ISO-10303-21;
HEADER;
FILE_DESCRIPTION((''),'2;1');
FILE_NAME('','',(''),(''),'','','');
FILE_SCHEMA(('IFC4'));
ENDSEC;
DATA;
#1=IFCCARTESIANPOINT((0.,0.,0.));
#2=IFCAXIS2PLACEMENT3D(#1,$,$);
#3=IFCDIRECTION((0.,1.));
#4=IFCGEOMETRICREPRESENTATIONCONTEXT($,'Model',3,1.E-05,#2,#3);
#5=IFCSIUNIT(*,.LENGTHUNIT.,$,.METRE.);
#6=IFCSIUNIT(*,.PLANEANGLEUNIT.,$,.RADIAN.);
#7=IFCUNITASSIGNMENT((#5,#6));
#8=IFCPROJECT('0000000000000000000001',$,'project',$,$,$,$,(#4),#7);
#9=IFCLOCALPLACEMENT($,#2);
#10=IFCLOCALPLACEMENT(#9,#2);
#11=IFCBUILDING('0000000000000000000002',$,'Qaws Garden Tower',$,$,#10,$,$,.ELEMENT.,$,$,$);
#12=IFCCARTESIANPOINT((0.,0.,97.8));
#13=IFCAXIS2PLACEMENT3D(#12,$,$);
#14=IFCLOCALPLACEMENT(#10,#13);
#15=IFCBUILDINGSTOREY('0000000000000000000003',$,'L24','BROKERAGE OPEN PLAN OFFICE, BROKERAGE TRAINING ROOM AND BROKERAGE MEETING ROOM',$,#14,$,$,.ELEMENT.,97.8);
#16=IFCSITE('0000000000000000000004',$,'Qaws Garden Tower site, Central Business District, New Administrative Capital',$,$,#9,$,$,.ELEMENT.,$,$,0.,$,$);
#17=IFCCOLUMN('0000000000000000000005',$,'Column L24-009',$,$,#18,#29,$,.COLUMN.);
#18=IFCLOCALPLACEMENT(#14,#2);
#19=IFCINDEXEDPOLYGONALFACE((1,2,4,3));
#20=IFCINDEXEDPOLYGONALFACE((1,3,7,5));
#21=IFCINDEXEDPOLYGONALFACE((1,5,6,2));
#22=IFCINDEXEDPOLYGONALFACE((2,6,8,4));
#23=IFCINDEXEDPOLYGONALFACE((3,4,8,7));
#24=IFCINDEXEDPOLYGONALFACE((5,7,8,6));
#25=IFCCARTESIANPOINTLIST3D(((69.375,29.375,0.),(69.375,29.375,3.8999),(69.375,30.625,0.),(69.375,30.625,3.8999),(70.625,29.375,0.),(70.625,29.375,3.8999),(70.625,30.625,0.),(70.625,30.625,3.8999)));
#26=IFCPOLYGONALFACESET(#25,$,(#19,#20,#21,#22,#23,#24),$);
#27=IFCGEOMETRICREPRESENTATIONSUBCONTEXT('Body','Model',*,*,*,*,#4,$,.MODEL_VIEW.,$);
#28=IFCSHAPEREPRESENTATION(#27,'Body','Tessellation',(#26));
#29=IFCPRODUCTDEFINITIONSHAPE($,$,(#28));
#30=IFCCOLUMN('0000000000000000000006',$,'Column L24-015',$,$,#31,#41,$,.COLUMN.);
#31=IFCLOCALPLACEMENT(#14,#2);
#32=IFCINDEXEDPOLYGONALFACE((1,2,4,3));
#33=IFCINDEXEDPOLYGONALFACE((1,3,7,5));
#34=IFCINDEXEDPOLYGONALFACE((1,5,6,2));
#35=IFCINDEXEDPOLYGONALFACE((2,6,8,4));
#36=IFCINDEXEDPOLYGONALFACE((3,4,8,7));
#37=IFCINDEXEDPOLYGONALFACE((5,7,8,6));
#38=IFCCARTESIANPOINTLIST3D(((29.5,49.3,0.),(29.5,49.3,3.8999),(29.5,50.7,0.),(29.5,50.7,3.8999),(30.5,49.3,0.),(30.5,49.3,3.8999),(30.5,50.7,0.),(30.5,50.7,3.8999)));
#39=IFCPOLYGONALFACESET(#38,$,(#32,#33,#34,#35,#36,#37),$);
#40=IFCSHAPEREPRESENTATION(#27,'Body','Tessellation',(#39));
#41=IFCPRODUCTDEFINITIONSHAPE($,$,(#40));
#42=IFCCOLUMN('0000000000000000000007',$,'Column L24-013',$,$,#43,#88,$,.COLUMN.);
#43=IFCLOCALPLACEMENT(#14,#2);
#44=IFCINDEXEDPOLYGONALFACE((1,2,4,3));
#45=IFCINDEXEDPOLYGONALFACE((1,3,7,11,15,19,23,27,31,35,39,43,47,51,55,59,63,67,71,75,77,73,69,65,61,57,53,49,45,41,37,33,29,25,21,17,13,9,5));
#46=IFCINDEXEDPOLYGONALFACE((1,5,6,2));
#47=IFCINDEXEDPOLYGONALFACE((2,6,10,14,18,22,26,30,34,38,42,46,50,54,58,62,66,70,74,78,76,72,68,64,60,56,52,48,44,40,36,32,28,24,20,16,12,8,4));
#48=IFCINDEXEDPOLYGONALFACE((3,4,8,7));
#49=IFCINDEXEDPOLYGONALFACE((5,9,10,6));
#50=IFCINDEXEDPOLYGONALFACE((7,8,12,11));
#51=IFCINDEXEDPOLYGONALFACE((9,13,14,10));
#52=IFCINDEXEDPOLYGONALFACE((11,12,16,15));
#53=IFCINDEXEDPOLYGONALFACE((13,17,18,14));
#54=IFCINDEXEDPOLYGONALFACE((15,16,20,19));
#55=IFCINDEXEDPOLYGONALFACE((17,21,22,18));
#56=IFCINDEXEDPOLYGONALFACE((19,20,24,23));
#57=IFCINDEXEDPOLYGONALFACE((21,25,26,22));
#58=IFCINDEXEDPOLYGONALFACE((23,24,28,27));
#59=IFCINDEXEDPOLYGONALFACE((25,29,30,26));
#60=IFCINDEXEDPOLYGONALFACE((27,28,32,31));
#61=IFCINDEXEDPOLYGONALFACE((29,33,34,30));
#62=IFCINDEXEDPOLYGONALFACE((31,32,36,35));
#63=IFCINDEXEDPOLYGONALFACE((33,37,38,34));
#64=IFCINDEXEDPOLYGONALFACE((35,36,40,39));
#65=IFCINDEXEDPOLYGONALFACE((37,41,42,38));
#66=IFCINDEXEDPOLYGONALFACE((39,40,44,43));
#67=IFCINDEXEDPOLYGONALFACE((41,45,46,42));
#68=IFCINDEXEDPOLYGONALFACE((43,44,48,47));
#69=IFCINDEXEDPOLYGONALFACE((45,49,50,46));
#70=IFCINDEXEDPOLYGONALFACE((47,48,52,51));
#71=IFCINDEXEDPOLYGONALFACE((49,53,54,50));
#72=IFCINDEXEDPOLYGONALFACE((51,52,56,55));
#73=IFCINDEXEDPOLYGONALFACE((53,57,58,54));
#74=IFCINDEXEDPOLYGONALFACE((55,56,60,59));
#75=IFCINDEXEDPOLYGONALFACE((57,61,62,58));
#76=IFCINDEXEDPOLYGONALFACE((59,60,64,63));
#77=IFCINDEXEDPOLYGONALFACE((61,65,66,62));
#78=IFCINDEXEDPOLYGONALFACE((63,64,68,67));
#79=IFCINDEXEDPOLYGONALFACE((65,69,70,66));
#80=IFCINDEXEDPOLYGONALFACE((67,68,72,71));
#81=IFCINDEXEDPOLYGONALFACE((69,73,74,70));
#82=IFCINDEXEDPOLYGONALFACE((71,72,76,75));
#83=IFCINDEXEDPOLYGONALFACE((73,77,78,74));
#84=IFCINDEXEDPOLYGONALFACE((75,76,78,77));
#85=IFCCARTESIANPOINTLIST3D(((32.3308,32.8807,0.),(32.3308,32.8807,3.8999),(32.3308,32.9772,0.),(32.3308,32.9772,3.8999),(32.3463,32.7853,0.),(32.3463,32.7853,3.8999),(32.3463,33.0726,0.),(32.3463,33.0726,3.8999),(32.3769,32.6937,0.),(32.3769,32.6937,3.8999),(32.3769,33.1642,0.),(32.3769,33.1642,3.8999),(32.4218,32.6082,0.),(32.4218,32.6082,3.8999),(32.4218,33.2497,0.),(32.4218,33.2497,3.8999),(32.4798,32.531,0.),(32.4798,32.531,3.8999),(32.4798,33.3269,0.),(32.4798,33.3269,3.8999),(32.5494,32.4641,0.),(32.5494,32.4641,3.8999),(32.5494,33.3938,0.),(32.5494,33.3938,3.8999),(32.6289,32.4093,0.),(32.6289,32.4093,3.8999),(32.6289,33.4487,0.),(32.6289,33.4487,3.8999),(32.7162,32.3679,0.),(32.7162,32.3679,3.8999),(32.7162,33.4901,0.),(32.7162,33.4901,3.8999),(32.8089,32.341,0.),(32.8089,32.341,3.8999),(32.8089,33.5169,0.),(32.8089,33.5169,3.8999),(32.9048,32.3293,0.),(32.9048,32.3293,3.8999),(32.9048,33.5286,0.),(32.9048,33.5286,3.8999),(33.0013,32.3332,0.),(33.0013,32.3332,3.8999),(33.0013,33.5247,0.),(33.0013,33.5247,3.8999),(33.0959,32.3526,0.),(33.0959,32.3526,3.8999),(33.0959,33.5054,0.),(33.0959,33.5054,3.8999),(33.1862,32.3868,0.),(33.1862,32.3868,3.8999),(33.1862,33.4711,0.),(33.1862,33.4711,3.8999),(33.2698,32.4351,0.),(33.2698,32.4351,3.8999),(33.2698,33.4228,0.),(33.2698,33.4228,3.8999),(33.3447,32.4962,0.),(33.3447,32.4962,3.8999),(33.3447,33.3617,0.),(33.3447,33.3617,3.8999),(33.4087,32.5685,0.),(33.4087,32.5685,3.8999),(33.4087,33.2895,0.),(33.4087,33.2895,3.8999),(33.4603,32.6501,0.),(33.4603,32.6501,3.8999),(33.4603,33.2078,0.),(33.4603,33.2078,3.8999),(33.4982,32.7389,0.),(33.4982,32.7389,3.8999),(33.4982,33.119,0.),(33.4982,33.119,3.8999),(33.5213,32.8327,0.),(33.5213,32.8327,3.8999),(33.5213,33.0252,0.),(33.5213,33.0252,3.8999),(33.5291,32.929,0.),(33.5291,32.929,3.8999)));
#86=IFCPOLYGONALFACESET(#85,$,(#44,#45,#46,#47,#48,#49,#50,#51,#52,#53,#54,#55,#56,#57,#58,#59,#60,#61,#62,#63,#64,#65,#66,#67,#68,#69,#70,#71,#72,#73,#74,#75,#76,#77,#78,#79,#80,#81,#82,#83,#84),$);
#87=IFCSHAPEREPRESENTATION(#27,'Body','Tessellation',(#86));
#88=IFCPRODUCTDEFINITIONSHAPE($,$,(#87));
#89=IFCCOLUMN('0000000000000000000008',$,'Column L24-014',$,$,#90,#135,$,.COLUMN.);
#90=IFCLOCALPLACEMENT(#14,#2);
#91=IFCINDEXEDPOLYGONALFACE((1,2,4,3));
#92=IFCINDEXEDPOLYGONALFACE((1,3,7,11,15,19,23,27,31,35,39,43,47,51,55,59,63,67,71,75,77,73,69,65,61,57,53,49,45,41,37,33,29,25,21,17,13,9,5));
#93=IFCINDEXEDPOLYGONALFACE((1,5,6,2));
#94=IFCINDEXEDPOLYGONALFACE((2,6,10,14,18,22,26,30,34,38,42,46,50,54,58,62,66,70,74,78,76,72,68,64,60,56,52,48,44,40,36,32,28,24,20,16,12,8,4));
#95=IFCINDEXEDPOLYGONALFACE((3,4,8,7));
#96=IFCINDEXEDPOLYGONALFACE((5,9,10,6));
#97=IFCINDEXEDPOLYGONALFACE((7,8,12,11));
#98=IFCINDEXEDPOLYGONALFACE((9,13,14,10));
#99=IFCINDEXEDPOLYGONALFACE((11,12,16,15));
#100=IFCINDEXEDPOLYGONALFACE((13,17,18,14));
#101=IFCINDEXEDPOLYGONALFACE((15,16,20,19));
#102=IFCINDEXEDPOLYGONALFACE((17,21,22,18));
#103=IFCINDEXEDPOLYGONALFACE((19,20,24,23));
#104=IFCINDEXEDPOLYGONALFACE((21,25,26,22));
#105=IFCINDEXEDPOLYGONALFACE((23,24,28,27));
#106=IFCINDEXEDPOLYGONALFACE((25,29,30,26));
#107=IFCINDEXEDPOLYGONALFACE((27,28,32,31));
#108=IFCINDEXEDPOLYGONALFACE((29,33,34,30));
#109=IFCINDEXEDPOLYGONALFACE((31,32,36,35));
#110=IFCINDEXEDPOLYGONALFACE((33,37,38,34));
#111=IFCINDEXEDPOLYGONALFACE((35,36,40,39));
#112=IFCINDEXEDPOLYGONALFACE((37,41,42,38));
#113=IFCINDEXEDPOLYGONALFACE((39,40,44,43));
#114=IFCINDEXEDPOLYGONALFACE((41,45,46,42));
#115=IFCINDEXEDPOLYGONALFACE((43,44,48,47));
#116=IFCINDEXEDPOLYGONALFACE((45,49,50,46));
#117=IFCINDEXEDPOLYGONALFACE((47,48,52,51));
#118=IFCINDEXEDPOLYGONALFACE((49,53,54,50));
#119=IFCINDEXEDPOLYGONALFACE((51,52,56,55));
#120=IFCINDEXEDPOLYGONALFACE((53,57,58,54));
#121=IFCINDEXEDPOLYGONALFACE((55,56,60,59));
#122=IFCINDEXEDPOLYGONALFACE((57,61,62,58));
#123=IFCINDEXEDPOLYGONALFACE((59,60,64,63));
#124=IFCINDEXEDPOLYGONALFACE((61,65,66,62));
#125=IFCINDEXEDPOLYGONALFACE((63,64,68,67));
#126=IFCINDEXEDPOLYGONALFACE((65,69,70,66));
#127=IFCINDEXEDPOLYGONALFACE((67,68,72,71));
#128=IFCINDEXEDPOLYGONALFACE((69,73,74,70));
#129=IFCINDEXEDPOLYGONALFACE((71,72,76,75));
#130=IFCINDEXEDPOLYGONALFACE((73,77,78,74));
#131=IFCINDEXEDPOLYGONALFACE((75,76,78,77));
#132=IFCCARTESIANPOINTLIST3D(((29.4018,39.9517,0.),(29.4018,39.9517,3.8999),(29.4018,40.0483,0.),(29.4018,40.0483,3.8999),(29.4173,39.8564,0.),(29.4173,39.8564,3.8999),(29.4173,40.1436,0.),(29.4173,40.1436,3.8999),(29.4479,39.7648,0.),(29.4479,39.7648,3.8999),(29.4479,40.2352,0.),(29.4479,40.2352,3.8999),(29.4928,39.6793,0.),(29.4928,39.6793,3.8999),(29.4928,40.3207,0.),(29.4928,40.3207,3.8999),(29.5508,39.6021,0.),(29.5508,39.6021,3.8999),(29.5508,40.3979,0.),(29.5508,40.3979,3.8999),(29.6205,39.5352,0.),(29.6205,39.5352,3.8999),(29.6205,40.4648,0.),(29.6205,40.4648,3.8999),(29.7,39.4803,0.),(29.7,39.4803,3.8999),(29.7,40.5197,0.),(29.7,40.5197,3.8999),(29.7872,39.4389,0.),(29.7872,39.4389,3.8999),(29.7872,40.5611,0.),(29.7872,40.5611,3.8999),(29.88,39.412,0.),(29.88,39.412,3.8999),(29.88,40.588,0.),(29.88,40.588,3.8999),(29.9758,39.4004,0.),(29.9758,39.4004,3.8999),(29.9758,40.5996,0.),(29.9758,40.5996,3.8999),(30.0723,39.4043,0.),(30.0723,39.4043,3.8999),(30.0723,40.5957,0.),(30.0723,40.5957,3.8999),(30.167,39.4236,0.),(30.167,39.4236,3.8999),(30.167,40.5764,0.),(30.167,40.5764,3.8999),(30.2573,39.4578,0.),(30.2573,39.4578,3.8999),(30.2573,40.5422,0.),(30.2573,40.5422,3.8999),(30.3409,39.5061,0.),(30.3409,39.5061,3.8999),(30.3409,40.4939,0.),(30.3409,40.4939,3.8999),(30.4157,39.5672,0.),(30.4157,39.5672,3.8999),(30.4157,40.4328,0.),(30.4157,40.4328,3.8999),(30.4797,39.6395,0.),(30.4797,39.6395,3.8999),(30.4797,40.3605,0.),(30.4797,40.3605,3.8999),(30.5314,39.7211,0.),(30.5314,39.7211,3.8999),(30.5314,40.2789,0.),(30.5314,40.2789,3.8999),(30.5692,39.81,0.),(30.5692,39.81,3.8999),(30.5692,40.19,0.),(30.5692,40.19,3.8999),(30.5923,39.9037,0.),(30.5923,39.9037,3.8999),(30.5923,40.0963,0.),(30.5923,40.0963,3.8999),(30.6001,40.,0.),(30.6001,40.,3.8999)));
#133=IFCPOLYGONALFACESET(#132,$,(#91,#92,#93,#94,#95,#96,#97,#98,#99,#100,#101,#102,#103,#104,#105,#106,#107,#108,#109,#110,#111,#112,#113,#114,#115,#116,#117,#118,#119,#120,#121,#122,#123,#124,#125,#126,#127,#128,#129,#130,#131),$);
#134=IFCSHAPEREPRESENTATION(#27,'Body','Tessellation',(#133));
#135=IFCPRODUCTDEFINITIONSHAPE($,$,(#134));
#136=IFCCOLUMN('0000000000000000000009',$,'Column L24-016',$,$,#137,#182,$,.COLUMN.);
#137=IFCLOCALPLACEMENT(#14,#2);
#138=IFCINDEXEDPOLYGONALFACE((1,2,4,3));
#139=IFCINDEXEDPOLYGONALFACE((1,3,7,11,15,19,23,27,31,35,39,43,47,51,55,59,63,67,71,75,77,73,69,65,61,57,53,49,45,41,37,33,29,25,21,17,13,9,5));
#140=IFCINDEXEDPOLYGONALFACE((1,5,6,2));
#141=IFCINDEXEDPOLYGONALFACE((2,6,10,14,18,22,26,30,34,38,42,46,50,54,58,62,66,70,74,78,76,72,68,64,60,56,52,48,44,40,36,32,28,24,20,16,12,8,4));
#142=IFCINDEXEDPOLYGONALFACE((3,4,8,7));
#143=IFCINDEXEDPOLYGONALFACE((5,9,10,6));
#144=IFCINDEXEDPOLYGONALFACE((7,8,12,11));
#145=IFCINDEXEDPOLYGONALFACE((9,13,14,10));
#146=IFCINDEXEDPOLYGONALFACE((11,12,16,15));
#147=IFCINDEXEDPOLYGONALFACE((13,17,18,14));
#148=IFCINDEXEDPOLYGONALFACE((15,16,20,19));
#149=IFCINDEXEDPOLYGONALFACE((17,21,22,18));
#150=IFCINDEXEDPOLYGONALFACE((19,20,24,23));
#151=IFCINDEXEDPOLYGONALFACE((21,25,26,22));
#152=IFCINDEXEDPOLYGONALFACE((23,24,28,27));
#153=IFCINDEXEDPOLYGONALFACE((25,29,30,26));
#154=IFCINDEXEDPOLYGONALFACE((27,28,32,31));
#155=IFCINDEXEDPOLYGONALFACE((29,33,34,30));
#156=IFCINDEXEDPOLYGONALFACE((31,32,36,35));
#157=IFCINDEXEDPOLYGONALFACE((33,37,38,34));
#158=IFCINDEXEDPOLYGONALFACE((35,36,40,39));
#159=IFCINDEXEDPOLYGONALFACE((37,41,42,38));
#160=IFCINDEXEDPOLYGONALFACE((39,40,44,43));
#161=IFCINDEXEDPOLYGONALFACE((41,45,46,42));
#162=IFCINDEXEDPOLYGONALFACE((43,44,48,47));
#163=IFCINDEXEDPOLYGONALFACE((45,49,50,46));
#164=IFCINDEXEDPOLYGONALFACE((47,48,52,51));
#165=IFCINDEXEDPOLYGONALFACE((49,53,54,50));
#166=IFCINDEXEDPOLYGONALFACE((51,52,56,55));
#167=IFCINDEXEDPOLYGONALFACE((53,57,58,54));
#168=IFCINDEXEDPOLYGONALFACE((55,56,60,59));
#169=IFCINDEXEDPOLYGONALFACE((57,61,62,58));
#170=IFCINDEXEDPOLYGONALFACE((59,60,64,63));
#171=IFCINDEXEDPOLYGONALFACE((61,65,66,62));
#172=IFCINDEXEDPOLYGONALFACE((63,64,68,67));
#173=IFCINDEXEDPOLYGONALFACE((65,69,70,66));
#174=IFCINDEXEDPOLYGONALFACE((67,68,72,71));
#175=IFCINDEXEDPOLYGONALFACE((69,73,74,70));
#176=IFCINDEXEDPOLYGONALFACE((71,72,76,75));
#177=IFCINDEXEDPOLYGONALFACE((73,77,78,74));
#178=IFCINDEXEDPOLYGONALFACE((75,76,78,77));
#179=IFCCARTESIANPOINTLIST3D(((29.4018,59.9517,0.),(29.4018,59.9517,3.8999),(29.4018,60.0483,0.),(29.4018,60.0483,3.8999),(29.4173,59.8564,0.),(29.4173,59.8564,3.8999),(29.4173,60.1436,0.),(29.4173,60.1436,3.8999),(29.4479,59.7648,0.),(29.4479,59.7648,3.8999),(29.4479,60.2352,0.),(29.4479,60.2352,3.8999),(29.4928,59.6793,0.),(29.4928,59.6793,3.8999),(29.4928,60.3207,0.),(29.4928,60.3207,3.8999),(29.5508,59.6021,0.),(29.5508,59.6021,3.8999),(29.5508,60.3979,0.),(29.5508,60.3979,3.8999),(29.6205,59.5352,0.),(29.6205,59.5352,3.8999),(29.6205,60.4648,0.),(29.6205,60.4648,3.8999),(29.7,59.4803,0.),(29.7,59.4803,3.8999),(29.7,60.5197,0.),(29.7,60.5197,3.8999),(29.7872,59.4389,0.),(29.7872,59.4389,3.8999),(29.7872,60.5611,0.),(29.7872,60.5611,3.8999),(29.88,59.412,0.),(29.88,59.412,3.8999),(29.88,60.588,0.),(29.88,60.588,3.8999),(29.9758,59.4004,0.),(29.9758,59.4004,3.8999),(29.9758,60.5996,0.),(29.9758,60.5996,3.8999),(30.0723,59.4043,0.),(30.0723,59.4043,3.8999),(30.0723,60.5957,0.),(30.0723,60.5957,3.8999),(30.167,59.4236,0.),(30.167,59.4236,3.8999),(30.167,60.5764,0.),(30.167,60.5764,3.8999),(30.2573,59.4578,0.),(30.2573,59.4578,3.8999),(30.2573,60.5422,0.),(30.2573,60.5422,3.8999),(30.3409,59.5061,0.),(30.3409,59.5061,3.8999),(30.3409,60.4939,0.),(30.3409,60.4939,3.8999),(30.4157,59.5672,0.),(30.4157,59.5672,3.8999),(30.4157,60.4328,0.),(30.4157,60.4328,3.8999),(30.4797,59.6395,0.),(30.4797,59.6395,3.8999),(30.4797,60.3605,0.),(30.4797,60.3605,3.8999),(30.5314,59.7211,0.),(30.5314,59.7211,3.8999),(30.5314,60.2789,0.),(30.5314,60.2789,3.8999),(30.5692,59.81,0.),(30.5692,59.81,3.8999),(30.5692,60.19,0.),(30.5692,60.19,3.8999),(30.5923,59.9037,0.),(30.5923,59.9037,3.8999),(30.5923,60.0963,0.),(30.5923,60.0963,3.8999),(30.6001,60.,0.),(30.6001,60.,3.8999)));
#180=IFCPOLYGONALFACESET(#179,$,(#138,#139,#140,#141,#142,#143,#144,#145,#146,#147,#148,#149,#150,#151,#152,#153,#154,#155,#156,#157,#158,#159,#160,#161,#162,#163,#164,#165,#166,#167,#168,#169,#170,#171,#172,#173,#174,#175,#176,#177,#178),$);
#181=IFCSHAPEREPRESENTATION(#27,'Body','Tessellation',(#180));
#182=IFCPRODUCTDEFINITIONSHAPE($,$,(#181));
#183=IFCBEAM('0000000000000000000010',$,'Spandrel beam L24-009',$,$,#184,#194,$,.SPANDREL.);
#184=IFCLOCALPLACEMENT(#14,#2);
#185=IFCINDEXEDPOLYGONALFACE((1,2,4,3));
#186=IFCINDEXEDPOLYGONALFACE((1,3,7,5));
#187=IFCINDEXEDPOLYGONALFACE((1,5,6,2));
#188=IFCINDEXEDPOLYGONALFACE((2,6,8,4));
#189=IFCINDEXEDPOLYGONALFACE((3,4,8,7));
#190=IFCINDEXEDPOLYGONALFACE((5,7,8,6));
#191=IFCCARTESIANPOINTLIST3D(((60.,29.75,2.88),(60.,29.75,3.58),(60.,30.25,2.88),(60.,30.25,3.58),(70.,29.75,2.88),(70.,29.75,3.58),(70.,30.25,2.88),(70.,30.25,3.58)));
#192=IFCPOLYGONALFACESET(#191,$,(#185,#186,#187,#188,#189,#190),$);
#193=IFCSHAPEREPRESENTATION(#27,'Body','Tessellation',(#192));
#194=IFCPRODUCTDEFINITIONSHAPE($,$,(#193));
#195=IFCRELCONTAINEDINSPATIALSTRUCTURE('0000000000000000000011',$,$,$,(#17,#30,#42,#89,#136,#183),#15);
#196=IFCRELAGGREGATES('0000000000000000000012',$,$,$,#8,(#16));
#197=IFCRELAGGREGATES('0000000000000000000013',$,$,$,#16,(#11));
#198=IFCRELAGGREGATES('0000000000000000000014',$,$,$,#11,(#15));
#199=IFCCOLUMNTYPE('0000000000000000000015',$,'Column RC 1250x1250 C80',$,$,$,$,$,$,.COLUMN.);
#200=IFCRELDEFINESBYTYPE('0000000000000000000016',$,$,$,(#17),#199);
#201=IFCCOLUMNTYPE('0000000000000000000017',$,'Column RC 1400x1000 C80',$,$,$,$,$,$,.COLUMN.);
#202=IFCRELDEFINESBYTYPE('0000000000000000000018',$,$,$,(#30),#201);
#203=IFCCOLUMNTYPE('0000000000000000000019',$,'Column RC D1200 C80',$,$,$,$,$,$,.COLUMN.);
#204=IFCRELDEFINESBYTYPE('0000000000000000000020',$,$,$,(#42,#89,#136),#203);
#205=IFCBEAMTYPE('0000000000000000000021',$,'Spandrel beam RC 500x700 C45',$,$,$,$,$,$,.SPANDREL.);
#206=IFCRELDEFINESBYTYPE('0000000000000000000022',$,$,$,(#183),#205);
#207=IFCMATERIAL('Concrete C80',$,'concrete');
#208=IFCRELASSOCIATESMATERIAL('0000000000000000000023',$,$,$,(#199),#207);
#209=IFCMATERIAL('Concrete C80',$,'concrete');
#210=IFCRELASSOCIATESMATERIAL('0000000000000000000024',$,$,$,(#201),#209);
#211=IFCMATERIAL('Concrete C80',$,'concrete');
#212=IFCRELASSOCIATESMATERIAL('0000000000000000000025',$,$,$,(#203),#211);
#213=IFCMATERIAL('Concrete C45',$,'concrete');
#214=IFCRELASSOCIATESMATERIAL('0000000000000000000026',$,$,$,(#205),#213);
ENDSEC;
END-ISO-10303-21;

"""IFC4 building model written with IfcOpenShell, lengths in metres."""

from ifc_helpers import new_model, si_unit, direction, frame, origin, origin_2d, place, context, subcontext, project, spatial, rectangle, circle, extrude, material, material_profile, profile_set, type_object, element, save


model = new_model("IFC4")

# Units and contexts
model_context = context("Model", 3, precision=1e-05, world=origin(), true_north=direction((0.0, 1.0)))
body_context = subcontext(model_context, "Body", "Model", "MODEL_VIEW")
ifc_project = project(units=[si_unit("LENGTHUNIT", "METRE"), si_unit("PLANEANGLEUNIT", "RADIAN")], contexts=[model_context])

# Site, building, storey
site_placement = place(None, origin())
site = spatial("IfcSite", under=ifc_project, at=site_placement, Name="Qaws Garden Tower site, Central Business District, New Administrative Capital", CompositionType="ELEMENT", RefElevation=0.0)
building_placement = place(site_placement, origin())
building = spatial("IfcBuilding", under=site, at=building_placement, Name="Qaws Garden Tower", CompositionType="ELEMENT")
storey_placement = place(building_placement, frame((0.0, 0.0, 97.8)))
storey = spatial("IfcBuildingStorey", under=building, at=storey_placement, Name="L24", Description="BROKERAGE OPEN PLAN OFFICE, BROKERAGE TRAINING ROOM AND BROKERAGE MEETING ROOM", CompositionType="ELEMENT", Elevation=97.8)

# Columns
ifc_material_1 = material(Name="Concrete C80", Category="concrete")
ifc_material_profile_1 = material_profile(ifc_material_1, rectangle(XDim=1.25, YDim=1.25, at=origin_2d()), Name="RC 1250x1250")
ifc_profile_set_1 = profile_set([ifc_material_profile_1], Name="Concrete C80")
column_type_1 = type_object("IfcColumnType", Name="Column RC 1250x1250 C80", PredefinedType="COLUMN", material=ifc_profile_set_1)
column_1_placement = place(storey_placement, frame((70.0, 30.0, 0.0), z_axis=(0.0, 0.0, 1.0), x_axis=(1.0, 0.0, 0.0)))
element("IfcColumn", 1, at=column_1_placement, inside=storey, type_object=column_type_1, Name="Column L24-009", PredefinedType="COLUMN", context=body_context, shape_type="SweptSolid", body=[
    extrude(rectangle(XDim=1.25, YDim=1.25, at=origin_2d()), origin(), (0.0, 0.0, 1.0), 3.8999),
])
ifc_material_2 = material(Name="Concrete C80", Category="concrete")
ifc_material_profile_2 = material_profile(ifc_material_2, rectangle(XDim=1.3999, YDim=1.0, at=origin_2d()), Name="RC 1400x1000")
ifc_profile_set_2 = profile_set([ifc_material_profile_2], Name="Concrete C80")
column_type_2 = type_object("IfcColumnType", Name="Column RC 1400x1000 C80", PredefinedType="COLUMN", material=ifc_profile_set_2)
column_2_placement = place(storey_placement, frame((30.0, 50.0, 0.0), z_axis=(0.0, 0.0, 1.0), x_axis=(0.0, 1.0, 0.0)))
element("IfcColumn", 2, at=column_2_placement, inside=storey, type_object=column_type_2, Name="Column L24-015", PredefinedType="COLUMN", context=body_context, shape_type="SweptSolid", body=[
    extrude(rectangle(XDim=1.3999, YDim=1.0, at=origin_2d()), origin(), (0.0, 0.0, 1.0), 3.8999),
])
ifc_material_3 = material(Name="Concrete C80", Category="concrete")
ifc_material_profile_3 = material_profile(ifc_material_3, circle(Radius=0.6001, at=origin_2d()), Name="RC D1200")
ifc_profile_set_3 = profile_set([ifc_material_profile_3], Name="Concrete C80")
column_type_3 = type_object("IfcColumnType", Name="Column RC D1200 C80", PredefinedType="COLUMN", material=ifc_profile_set_3)
for number, where, z_axis, x_axis, name in (
    (3, (32.929, 32.929, 0.0), (0.0, 0.0, 1.0), (1.0, 0.0, 0.0), "Column L24-013"),
    (4, (30.0, 40.0, 0.0), (0.0, 0.0, 1.0), (1.0, 0.0, 0.0), "Column L24-014"),
    (5, (30.0, 60.0, 0.0), (0.0, 0.0, 1.0), (1.0, 0.0, 0.0), "Column L24-016"),
):
    element("IfcColumn", number, at=place(storey_placement, frame(where, z_axis=z_axis, x_axis=x_axis)), inside=storey, type_object=column_type_3, Name=name, PredefinedType="COLUMN", context=body_context, shape_type="SweptSolid", body=[
        extrude(circle(Radius=0.6001, at=origin_2d()), origin(), (0.0, 0.0, 1.0), 3.8999),
    ])

# Beam
ifc_material_4 = material(Name="Concrete C45", Category="concrete")
ifc_material_profile_4 = material_profile(ifc_material_4, rectangle(XDim=0.5, YDim=0.7, at=origin_2d()), Name="RC 500x700")
ifc_profile_set_4 = profile_set([ifc_material_profile_4], Name="Concrete C45")
beam_type = type_object("IfcBeamType", Name="Spandrel beam RC 500x700 C45", PredefinedType="SPANDREL", material=ifc_profile_set_4)
beam_1_placement = place(storey_placement, frame((70.0, 30.0, 3.23), z_axis=(-1.0, 0.0, 0.0), x_axis=(0.0, -1.0, 0.0)))
element("IfcBeam", 6, at=beam_1_placement, inside=storey, type_object=beam_type, Name="Spandrel beam L24-009", PredefinedType="SPANDREL", context=body_context, shape_type="SweptSolid", body=[
    extrude(rectangle(XDim=0.5, YDim=0.7, at=origin_2d()), origin(), (0.0, 0.0, 1.0), 10.0),
])

save(model, "model.ifc")
